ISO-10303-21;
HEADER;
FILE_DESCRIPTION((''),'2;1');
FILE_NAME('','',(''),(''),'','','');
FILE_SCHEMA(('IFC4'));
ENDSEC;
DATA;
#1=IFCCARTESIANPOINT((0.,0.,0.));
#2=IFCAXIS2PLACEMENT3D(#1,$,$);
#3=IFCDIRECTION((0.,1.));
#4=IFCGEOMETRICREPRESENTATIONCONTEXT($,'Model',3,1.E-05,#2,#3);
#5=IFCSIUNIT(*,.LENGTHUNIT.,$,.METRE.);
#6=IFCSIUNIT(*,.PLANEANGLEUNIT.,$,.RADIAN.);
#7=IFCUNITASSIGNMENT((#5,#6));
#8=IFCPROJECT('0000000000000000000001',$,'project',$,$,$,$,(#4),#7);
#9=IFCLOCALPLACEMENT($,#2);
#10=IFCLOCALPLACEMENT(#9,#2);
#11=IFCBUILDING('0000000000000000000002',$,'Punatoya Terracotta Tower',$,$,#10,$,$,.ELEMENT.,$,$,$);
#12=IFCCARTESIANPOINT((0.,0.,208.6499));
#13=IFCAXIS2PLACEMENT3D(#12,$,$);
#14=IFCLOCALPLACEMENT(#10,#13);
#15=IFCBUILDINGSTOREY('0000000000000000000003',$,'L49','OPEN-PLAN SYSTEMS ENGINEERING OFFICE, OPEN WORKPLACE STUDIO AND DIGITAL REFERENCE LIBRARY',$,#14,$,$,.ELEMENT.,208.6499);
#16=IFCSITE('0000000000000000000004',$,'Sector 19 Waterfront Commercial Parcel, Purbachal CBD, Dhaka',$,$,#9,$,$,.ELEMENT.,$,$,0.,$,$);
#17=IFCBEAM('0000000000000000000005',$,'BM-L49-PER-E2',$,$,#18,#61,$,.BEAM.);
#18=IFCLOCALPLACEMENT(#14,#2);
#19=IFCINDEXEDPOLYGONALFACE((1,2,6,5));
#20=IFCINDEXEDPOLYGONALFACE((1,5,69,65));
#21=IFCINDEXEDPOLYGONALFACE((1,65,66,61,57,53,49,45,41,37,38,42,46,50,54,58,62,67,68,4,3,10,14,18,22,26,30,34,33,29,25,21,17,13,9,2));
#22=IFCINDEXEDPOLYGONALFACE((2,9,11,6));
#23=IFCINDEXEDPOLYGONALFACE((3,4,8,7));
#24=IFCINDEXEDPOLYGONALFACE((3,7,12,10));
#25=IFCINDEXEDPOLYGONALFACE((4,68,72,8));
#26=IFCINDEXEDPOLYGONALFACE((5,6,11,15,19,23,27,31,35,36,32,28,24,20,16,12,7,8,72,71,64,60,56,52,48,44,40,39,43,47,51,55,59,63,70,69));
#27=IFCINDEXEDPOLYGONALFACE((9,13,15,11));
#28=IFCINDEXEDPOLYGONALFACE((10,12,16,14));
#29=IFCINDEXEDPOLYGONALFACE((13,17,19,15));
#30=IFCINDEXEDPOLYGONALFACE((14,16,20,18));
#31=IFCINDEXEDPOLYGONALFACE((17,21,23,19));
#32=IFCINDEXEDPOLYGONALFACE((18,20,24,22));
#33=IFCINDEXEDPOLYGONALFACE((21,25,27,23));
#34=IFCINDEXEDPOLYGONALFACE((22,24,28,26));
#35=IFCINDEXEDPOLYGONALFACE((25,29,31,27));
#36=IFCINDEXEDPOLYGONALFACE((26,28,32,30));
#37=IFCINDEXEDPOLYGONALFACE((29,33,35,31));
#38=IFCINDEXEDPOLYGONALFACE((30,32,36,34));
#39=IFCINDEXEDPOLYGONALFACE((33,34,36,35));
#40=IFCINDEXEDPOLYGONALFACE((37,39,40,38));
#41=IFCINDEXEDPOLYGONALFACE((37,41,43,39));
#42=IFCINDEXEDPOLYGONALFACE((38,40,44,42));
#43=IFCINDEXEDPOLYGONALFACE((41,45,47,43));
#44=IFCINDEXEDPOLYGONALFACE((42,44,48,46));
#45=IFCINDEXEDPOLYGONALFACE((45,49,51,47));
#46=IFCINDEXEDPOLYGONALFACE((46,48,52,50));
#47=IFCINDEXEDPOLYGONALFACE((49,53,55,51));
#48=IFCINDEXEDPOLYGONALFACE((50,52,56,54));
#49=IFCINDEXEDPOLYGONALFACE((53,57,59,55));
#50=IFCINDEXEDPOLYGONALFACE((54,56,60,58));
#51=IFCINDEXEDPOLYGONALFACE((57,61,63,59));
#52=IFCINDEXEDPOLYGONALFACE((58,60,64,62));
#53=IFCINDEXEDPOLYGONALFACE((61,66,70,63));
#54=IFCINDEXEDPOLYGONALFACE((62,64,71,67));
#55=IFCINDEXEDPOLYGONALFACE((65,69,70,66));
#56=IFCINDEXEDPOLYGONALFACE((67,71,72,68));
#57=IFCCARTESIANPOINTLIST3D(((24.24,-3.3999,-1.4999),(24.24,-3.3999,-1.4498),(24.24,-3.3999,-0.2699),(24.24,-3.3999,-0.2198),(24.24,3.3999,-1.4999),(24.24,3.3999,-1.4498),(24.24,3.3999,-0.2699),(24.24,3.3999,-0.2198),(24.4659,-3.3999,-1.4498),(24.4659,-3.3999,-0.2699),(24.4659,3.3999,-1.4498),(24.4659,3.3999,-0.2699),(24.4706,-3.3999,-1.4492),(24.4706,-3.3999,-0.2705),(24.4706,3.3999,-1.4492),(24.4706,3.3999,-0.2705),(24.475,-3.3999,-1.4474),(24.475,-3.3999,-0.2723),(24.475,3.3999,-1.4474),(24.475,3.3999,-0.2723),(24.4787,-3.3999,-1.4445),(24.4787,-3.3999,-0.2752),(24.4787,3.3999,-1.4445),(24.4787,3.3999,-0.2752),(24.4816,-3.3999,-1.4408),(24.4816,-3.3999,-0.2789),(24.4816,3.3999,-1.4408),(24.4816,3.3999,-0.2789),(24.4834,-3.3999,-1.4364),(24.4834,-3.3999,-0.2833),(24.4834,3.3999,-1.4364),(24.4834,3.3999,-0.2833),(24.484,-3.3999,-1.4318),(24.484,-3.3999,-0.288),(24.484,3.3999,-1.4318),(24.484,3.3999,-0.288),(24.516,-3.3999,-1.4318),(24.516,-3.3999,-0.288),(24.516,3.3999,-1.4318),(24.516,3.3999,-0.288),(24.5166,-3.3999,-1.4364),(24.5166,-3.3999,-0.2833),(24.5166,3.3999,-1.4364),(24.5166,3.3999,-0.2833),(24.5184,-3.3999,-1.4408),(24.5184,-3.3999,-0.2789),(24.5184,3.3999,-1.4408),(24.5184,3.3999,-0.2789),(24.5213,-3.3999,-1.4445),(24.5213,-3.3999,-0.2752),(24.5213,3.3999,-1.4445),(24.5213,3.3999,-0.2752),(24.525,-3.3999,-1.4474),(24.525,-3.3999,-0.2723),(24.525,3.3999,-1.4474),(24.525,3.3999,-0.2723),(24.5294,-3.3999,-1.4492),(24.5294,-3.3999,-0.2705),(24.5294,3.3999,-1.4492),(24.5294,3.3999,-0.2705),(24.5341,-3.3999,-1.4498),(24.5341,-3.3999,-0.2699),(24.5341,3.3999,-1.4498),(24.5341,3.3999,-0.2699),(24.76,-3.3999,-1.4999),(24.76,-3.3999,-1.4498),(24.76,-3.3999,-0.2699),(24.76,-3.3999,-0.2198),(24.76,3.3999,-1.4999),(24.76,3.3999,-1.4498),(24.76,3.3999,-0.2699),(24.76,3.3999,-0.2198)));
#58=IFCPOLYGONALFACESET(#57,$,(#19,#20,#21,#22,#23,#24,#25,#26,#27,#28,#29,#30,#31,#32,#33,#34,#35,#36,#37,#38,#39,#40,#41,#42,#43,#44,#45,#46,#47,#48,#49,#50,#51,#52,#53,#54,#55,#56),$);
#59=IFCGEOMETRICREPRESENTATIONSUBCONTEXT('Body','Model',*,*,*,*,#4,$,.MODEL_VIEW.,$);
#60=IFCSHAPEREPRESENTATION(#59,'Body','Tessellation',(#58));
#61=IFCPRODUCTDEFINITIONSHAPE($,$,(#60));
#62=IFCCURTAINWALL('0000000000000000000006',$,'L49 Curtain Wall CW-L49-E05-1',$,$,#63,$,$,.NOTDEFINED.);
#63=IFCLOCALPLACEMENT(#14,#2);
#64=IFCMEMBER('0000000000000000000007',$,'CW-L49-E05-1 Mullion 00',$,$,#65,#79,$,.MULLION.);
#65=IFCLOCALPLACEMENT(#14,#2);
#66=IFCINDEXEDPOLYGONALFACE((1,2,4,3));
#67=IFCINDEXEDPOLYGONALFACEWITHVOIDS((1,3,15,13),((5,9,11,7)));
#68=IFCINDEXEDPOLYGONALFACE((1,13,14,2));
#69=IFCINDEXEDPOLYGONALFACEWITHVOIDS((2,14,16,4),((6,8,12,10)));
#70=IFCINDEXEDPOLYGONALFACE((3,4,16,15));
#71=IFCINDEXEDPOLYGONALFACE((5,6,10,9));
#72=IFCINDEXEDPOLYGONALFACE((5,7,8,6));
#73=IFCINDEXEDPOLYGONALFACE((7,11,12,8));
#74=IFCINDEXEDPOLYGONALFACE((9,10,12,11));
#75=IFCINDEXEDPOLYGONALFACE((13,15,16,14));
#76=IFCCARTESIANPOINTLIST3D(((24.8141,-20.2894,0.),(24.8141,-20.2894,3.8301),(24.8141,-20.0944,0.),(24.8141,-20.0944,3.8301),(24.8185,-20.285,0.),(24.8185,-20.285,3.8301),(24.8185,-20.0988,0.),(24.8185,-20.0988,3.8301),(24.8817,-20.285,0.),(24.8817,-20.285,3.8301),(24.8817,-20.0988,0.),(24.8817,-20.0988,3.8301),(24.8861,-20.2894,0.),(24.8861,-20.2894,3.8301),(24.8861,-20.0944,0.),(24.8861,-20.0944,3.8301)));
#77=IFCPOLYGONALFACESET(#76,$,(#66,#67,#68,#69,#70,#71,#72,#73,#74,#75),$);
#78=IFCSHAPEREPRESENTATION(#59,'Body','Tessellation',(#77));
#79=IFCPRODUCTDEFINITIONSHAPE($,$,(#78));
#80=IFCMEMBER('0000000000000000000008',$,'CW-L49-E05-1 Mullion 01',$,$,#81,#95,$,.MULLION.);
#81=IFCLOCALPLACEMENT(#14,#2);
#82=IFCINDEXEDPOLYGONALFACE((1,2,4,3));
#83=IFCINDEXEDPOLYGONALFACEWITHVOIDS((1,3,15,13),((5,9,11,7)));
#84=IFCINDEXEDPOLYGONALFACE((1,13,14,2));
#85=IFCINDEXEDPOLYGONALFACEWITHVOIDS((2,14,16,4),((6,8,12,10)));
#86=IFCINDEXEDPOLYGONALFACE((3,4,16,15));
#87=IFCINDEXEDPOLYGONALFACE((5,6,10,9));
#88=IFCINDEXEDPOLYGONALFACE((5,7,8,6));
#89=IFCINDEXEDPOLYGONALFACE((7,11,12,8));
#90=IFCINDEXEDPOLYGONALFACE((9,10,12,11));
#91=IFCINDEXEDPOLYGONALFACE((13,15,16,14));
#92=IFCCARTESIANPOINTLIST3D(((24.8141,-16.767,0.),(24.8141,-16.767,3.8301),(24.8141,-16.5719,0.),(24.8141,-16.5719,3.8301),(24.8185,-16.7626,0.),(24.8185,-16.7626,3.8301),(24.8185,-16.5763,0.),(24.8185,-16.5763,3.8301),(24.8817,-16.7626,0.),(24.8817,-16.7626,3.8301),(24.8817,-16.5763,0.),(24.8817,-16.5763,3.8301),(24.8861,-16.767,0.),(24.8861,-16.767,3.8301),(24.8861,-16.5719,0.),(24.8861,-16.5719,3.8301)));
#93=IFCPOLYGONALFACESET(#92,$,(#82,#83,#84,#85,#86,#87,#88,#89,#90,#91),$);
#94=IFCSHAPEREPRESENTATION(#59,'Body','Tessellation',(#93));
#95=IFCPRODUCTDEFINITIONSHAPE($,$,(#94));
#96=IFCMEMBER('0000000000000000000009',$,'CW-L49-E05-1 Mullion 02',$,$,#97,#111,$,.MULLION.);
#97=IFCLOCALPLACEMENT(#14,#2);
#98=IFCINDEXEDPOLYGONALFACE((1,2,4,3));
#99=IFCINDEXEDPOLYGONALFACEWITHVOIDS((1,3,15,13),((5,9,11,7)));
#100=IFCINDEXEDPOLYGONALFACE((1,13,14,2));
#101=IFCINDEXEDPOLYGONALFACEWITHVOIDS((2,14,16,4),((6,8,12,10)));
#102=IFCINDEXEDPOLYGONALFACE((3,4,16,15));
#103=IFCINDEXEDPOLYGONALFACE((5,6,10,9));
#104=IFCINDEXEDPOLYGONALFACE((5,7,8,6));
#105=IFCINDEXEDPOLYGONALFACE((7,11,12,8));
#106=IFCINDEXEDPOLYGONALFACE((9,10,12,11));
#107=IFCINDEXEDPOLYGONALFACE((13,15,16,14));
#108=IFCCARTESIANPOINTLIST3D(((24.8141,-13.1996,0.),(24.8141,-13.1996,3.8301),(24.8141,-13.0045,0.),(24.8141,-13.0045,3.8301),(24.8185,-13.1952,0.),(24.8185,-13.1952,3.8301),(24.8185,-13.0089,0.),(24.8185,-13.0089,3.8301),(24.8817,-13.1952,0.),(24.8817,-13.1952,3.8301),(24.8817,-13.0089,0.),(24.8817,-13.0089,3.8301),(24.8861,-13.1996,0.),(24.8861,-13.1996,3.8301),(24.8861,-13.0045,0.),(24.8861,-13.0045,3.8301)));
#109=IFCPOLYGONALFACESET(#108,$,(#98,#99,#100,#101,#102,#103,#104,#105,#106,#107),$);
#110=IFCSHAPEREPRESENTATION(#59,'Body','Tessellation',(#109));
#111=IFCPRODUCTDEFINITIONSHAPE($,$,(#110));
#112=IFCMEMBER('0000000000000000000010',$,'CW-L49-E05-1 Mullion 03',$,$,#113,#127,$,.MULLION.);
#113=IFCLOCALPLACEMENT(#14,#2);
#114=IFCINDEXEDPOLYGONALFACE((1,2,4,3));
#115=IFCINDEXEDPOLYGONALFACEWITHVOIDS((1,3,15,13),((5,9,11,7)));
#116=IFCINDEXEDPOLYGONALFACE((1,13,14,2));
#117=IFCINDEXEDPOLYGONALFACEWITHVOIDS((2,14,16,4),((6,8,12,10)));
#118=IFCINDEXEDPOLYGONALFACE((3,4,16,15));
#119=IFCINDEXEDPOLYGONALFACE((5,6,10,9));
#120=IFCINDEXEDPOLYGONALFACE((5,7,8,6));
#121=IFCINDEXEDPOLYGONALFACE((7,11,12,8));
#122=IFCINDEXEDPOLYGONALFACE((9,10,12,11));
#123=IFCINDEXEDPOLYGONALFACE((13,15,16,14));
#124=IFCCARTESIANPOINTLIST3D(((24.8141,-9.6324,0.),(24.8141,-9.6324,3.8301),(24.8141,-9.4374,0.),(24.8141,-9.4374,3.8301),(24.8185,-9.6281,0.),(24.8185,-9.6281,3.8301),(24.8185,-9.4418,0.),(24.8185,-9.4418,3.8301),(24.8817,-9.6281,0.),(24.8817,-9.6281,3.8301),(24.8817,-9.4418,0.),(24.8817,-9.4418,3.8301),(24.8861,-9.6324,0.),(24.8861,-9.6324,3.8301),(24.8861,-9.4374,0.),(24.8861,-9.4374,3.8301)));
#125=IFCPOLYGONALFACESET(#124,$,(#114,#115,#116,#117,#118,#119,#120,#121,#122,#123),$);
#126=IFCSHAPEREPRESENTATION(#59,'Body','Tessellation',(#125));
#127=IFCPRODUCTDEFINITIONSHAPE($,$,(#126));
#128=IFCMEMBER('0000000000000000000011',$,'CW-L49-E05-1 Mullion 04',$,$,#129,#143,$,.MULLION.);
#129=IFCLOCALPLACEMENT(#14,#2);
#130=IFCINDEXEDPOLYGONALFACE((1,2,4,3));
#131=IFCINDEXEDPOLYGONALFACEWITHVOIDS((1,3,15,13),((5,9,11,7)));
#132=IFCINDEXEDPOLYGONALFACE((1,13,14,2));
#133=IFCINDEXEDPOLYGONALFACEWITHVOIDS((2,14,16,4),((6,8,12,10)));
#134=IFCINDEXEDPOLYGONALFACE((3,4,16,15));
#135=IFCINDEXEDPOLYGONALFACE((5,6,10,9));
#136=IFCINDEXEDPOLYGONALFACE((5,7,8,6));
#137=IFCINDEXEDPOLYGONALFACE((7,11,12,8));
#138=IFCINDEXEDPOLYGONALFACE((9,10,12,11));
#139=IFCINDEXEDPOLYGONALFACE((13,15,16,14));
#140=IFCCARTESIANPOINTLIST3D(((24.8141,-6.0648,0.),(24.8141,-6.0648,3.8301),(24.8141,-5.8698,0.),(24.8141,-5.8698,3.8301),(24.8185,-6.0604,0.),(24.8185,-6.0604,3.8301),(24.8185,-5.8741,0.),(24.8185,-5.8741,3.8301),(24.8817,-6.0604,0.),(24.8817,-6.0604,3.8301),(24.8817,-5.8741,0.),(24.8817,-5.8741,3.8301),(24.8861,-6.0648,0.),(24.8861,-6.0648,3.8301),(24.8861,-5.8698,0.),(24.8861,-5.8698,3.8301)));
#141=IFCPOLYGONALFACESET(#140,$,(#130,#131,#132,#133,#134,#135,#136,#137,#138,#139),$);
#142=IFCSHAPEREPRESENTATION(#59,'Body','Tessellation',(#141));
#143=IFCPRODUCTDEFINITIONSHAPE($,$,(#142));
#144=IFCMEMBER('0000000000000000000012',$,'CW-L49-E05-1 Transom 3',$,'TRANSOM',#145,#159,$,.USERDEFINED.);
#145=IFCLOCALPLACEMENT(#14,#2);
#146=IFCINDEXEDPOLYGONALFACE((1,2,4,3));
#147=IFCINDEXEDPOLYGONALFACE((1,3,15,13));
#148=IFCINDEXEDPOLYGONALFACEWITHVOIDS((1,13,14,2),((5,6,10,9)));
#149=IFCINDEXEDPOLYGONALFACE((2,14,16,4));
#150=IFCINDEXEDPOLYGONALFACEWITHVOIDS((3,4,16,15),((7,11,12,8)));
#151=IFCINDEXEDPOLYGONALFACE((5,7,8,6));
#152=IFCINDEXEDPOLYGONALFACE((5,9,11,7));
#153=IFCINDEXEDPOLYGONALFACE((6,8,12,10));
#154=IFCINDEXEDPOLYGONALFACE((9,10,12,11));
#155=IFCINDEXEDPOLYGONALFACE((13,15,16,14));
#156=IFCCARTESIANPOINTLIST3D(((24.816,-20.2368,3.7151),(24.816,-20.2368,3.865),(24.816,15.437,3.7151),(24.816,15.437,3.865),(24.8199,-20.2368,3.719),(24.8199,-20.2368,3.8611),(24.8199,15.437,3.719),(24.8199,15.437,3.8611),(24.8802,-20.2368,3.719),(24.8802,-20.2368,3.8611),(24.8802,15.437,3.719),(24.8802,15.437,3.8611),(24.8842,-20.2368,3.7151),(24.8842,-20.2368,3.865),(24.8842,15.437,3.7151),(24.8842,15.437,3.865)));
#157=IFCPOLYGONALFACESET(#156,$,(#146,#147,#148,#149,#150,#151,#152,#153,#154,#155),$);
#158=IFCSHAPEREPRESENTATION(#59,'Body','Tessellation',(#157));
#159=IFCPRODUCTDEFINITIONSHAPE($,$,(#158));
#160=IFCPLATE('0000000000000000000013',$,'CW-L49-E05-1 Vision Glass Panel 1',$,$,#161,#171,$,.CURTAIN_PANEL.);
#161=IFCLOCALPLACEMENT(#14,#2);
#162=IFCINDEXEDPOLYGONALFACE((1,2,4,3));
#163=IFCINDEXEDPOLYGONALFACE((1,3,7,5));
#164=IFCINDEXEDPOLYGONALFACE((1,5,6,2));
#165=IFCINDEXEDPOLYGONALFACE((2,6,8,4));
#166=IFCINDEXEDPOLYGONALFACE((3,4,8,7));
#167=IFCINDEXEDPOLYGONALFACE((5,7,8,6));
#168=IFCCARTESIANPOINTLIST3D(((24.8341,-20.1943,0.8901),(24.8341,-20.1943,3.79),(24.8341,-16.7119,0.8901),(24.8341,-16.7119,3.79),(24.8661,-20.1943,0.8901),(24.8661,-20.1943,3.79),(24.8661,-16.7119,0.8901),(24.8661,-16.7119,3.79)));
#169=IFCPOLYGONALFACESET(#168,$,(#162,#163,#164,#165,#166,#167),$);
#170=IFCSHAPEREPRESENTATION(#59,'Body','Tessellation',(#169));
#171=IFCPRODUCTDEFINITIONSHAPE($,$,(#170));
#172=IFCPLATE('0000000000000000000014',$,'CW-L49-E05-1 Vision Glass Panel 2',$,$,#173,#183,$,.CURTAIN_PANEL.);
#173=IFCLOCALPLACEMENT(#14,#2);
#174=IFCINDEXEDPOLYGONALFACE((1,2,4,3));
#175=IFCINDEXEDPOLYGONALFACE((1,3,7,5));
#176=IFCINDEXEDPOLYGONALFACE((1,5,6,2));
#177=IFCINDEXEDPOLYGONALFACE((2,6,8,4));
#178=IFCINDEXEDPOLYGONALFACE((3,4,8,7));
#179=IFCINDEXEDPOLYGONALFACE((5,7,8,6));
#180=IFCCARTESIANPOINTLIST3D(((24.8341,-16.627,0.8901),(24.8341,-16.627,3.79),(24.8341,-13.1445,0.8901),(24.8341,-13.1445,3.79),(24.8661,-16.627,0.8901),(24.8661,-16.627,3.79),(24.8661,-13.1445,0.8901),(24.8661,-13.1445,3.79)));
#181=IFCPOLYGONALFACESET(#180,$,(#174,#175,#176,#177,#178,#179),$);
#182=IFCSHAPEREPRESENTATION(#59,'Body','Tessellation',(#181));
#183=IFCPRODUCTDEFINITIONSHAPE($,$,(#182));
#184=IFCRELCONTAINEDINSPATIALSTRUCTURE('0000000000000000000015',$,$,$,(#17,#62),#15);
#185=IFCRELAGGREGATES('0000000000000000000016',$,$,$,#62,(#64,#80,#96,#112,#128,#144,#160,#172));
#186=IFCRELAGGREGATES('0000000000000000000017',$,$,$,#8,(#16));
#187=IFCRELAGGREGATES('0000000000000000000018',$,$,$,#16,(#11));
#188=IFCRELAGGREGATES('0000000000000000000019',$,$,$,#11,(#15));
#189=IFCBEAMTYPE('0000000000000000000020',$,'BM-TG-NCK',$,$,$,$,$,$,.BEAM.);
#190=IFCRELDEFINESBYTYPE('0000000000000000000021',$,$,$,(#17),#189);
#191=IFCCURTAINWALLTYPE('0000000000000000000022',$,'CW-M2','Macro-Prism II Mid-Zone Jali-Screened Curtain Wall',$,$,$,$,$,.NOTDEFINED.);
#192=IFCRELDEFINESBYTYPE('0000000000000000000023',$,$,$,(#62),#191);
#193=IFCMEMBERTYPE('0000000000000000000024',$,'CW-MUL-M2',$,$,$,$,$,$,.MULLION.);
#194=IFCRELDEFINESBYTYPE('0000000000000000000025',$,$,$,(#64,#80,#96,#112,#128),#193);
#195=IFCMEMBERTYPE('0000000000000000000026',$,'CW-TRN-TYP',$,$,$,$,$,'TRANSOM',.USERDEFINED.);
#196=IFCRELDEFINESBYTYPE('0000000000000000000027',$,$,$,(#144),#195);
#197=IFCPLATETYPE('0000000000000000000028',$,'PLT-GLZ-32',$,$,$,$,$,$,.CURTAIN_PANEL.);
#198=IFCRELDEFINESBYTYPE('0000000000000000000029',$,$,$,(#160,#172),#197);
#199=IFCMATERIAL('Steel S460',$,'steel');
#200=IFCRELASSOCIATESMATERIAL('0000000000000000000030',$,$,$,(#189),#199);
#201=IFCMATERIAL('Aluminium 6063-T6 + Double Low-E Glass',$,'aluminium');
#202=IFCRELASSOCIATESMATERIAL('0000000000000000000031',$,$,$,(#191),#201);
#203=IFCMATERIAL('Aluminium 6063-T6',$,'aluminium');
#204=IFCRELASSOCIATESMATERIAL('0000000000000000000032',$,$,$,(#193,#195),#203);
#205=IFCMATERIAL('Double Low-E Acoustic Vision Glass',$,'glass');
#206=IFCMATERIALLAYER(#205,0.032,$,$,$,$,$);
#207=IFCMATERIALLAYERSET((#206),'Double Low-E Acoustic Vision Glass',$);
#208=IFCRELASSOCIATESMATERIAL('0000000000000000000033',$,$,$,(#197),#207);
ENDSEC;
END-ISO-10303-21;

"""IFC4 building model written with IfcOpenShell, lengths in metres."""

from ifc_helpers import new_model, si_unit, direction, frame, origin, origin_2d, place, context, subcontext, project, spatial, rectangle, hollow_rectangle, i_section, extrude, material, layer, layer_set, material_profile, profile_set, type_object, element, aggregate, save


model = new_model("IFC4")

# Units and contexts
model_context = context("Model", 3, precision=1e-05, world=origin(), true_north=direction((0.0, 1.0)))
body_context = subcontext(model_context, "Body", "Model", "MODEL_VIEW")
ifc_project = project(units=[si_unit("LENGTHUNIT", "METRE"), si_unit("PLANEANGLEUNIT", "RADIAN")], contexts=[model_context])

# Site, building, storey
site_placement = place(None, origin())
site = spatial("IfcSite", under=ifc_project, at=site_placement, Name="Sector 19 Waterfront Commercial Parcel, Purbachal CBD, Dhaka", CompositionType="ELEMENT", RefElevation=0.0)
building_placement = place(site_placement, origin())
building = spatial("IfcBuilding", under=site, at=building_placement, Name="Punatoya Terracotta Tower", CompositionType="ELEMENT")
storey_placement = place(building_placement, frame((0.0, 0.0, 208.6499)))
storey = spatial("IfcBuildingStorey", under=building, at=storey_placement, Name="L49", Description="OPEN-PLAN SYSTEMS ENGINEERING OFFICE, OPEN WORKPLACE STUDIO AND DIGITAL REFERENCE LIBRARY", CompositionType="ELEMENT", Elevation=208.6499)

# Shared definitions
ifc_material_1 = material(Name="Steel S460", Category="steel")

# Beam
ifc_material_profile_1 = material_profile(ifc_material_1, i_section(OverallWidth=0.52, OverallDepth=1.28, WebThickness=0.032, FlangeThickness=0.05, FilletRadius=0.0181, at=origin_2d()))
ifc_profile_set_1 = profile_set([ifc_material_profile_1], Name="Steel S460")
beam_type_1 = type_object("IfcBeamType", Name="BM-TG-NCK", PredefinedType="BEAM", material=ifc_profile_set_1)
beam_1_placement = place(storey_placement, frame((24.5, -3.3999, -0.8599), z_axis=(0.0, 1.0, 0.0), x_axis=(-1.0, 0.0, 0.0)))
element("IfcBeam", 1, at=beam_1_placement, inside=storey, type_object=beam_type_1, Name="BM-L49-PER-E2", PredefinedType="BEAM", context=body_context, shape_type="SweptSolid", body=[
    extrude(i_section(OverallWidth=0.52, OverallDepth=1.28, WebThickness=0.032, FlangeThickness=0.05, FilletRadius=0.0181, at=origin_2d()), origin(), (0.0, 0.0, 1.0), 6.7998),
])

# Curtain wall, members, plates
ifc_material_2 = material(Name="Aluminium 6063-T6 + Double Low-E Glass", Category="aluminium")
curtain_wall_type = type_object("IfcCurtainWallType", Name="CW-M2", Description="Macro-Prism II Mid-Zone Jali-Screened Curtain Wall", PredefinedType="NOTDEFINED", material=ifc_material_2)
curtain_wall_placement = place(storey_placement, origin())
curtain_wall = element("IfcCurtainWall", 2, at=curtain_wall_placement, inside=storey, type_object=curtain_wall_type, Name="L49 Curtain Wall CW-L49-E05-1", PredefinedType="NOTDEFINED")
ifc_material_3 = material(Name="Aluminium 6063-T6", Category="aluminium")
ifc_material_profile_2 = material_profile(ifc_material_3, hollow_rectangle(XDim=0.072, YDim=0.1951, WallThickness=0.0044, at=origin_2d()))
ifc_profile_set_2 = profile_set([ifc_material_profile_2], Name="Aluminium 6063-T6")
member_type_1 = type_object("IfcMemberType", Name="CW-MUL-M2", PredefinedType="MULLION", material=ifc_profile_set_2)
member_1_placement = place(storey_placement, frame((24.8501, -20.1919, 0.0), z_axis=(0.0, 0.0, 1.0), x_axis=(1.0, 0.0, 0.0)))
member_1 = element("IfcMember", 3, at=member_1_placement, type_object=member_type_1, Name="CW-L49-E05-1 Mullion 00", PredefinedType="MULLION", context=body_context, shape_type="SweptSolid", body=[
    extrude(hollow_rectangle(XDim=0.072, YDim=0.1951, WallThickness=0.0044, at=origin_2d()), origin(), (0.0, 0.0, 1.0), 3.8301),
])
member_2_placement = place(storey_placement, frame((24.8501, -16.6694, 0.0), z_axis=(0.0, 0.0, 1.0), x_axis=(1.0, 0.0, 0.0)))
member_2 = element("IfcMember", 4, at=member_2_placement, type_object=member_type_1, Name="CW-L49-E05-1 Mullion 01", PredefinedType="MULLION", context=body_context, shape_type="SweptSolid", body=[
    extrude(hollow_rectangle(XDim=0.072, YDim=0.1951, WallThickness=0.0044, at=origin_2d()), origin(), (0.0, 0.0, 1.0), 3.8301),
])
member_3_placement = place(storey_placement, frame((24.8501, -13.1021, 0.0), z_axis=(0.0, 0.0, 1.0), x_axis=(1.0, 0.0, 0.0)))
member_3 = element("IfcMember", 5, at=member_3_placement, type_object=member_type_1, Name="CW-L49-E05-1 Mullion 02", PredefinedType="MULLION", context=body_context, shape_type="SweptSolid", body=[
    extrude(hollow_rectangle(XDim=0.072, YDim=0.1951, WallThickness=0.0044, at=origin_2d()), origin(), (0.0, 0.0, 1.0), 3.8301),
])
member_4_placement = place(storey_placement, frame((24.8501, -9.5349, 0.0), z_axis=(0.0, 0.0, 1.0), x_axis=(1.0, 0.0, 0.0)))
member_4 = element("IfcMember", 6, at=member_4_placement, type_object=member_type_1, Name="CW-L49-E05-1 Mullion 03", PredefinedType="MULLION", context=body_context, shape_type="SweptSolid", body=[
    extrude(hollow_rectangle(XDim=0.072, YDim=0.1951, WallThickness=0.0044, at=origin_2d()), origin(), (0.0, 0.0, 1.0), 3.8301),
])
member_5_placement = place(storey_placement, frame((24.8501, -5.9673, 0.0), z_axis=(0.0, 0.0, 1.0), x_axis=(1.0, 0.0, 0.0)))
member_5 = element("IfcMember", 7, at=member_5_placement, type_object=member_type_1, Name="CW-L49-E05-1 Mullion 04", PredefinedType="MULLION", context=body_context, shape_type="SweptSolid", body=[
    extrude(hollow_rectangle(XDim=0.072, YDim=0.1951, WallThickness=0.0044, at=origin_2d()), origin(), (0.0, 0.0, 1.0), 3.8301),
])
ifc_material_profile_3 = material_profile(ifc_material_3, hollow_rectangle(XDim=0.0681, YDim=0.1499, WallThickness=0.0039, at=origin_2d()))
ifc_profile_set_3 = profile_set([ifc_material_profile_3], Name="Aluminium 6063-T6")
member_type_2 = type_object("IfcMemberType", Name="CW-TRN-TYP", ElementType="TRANSOM", PredefinedType="USERDEFINED", material=ifc_profile_set_3)
member_6_placement = place(storey_placement, frame((24.8501, -20.2368, 3.79), z_axis=(0.0, 1.0, 0.0), x_axis=(-1.0, 0.0, 0.0)))
member_6 = element("IfcMember", 8, at=member_6_placement, type_object=member_type_2, Name="CW-L49-E05-1 Transom 3", ObjectType="TRANSOM", PredefinedType="USERDEFINED", context=body_context, shape_type="SweptSolid", body=[
    extrude(hollow_rectangle(XDim=0.0681, YDim=0.1499, WallThickness=0.0039, at=origin_2d()), origin(), (0.0, 0.0, 1.0), 35.6738),
])
ifc_material_4 = material(Name="Double Low-E Acoustic Vision Glass", Category="glass")
ifc_layer_1 = layer(ifc_material_4, 0.032)
ifc_layer_set_1 = layer_set([ifc_layer_1], Name="Double Low-E Acoustic Vision Glass")
plate_type_1 = type_object("IfcPlateType", Name="PLT-GLZ-32", PredefinedType="CURTAIN_PANEL", material=ifc_layer_set_1)
plate_1_placement = place(storey_placement, frame((24.8501, -18.4531, 0.8901), z_axis=(0.0, 0.0, 1.0), x_axis=(0.0, 1.0, 0.0)))
plate_1 = element("IfcPlate", 9, at=plate_1_placement, type_object=plate_type_1, Name="CW-L49-E05-1 Vision Glass Panel 1", PredefinedType="CURTAIN_PANEL", context=body_context, shape_type="SweptSolid", body=[
    extrude(rectangle(XDim=3.4824, YDim=0.032, at=origin_2d()), origin(), (0.0, 0.0, 1.0), 2.8999),
])
plate_2_placement = place(storey_placement, frame((24.8501, -14.8857, 0.8901), z_axis=(0.0, 0.0, 1.0), x_axis=(0.0, 1.0, 0.0)))
plate_2 = element("IfcPlate", 10, at=plate_2_placement, type_object=plate_type_1, Name="CW-L49-E05-1 Vision Glass Panel 2", PredefinedType="CURTAIN_PANEL", context=body_context, shape_type="SweptSolid", body=[
    extrude(rectangle(XDim=3.4824, YDim=0.032, at=origin_2d()), origin(), (0.0, 0.0, 1.0), 2.8999),
])
aggregate(curtain_wall, [member_1, member_2, member_3, member_4, member_5, member_6, plate_1, plate_2])

save(model, "model.ifc")
